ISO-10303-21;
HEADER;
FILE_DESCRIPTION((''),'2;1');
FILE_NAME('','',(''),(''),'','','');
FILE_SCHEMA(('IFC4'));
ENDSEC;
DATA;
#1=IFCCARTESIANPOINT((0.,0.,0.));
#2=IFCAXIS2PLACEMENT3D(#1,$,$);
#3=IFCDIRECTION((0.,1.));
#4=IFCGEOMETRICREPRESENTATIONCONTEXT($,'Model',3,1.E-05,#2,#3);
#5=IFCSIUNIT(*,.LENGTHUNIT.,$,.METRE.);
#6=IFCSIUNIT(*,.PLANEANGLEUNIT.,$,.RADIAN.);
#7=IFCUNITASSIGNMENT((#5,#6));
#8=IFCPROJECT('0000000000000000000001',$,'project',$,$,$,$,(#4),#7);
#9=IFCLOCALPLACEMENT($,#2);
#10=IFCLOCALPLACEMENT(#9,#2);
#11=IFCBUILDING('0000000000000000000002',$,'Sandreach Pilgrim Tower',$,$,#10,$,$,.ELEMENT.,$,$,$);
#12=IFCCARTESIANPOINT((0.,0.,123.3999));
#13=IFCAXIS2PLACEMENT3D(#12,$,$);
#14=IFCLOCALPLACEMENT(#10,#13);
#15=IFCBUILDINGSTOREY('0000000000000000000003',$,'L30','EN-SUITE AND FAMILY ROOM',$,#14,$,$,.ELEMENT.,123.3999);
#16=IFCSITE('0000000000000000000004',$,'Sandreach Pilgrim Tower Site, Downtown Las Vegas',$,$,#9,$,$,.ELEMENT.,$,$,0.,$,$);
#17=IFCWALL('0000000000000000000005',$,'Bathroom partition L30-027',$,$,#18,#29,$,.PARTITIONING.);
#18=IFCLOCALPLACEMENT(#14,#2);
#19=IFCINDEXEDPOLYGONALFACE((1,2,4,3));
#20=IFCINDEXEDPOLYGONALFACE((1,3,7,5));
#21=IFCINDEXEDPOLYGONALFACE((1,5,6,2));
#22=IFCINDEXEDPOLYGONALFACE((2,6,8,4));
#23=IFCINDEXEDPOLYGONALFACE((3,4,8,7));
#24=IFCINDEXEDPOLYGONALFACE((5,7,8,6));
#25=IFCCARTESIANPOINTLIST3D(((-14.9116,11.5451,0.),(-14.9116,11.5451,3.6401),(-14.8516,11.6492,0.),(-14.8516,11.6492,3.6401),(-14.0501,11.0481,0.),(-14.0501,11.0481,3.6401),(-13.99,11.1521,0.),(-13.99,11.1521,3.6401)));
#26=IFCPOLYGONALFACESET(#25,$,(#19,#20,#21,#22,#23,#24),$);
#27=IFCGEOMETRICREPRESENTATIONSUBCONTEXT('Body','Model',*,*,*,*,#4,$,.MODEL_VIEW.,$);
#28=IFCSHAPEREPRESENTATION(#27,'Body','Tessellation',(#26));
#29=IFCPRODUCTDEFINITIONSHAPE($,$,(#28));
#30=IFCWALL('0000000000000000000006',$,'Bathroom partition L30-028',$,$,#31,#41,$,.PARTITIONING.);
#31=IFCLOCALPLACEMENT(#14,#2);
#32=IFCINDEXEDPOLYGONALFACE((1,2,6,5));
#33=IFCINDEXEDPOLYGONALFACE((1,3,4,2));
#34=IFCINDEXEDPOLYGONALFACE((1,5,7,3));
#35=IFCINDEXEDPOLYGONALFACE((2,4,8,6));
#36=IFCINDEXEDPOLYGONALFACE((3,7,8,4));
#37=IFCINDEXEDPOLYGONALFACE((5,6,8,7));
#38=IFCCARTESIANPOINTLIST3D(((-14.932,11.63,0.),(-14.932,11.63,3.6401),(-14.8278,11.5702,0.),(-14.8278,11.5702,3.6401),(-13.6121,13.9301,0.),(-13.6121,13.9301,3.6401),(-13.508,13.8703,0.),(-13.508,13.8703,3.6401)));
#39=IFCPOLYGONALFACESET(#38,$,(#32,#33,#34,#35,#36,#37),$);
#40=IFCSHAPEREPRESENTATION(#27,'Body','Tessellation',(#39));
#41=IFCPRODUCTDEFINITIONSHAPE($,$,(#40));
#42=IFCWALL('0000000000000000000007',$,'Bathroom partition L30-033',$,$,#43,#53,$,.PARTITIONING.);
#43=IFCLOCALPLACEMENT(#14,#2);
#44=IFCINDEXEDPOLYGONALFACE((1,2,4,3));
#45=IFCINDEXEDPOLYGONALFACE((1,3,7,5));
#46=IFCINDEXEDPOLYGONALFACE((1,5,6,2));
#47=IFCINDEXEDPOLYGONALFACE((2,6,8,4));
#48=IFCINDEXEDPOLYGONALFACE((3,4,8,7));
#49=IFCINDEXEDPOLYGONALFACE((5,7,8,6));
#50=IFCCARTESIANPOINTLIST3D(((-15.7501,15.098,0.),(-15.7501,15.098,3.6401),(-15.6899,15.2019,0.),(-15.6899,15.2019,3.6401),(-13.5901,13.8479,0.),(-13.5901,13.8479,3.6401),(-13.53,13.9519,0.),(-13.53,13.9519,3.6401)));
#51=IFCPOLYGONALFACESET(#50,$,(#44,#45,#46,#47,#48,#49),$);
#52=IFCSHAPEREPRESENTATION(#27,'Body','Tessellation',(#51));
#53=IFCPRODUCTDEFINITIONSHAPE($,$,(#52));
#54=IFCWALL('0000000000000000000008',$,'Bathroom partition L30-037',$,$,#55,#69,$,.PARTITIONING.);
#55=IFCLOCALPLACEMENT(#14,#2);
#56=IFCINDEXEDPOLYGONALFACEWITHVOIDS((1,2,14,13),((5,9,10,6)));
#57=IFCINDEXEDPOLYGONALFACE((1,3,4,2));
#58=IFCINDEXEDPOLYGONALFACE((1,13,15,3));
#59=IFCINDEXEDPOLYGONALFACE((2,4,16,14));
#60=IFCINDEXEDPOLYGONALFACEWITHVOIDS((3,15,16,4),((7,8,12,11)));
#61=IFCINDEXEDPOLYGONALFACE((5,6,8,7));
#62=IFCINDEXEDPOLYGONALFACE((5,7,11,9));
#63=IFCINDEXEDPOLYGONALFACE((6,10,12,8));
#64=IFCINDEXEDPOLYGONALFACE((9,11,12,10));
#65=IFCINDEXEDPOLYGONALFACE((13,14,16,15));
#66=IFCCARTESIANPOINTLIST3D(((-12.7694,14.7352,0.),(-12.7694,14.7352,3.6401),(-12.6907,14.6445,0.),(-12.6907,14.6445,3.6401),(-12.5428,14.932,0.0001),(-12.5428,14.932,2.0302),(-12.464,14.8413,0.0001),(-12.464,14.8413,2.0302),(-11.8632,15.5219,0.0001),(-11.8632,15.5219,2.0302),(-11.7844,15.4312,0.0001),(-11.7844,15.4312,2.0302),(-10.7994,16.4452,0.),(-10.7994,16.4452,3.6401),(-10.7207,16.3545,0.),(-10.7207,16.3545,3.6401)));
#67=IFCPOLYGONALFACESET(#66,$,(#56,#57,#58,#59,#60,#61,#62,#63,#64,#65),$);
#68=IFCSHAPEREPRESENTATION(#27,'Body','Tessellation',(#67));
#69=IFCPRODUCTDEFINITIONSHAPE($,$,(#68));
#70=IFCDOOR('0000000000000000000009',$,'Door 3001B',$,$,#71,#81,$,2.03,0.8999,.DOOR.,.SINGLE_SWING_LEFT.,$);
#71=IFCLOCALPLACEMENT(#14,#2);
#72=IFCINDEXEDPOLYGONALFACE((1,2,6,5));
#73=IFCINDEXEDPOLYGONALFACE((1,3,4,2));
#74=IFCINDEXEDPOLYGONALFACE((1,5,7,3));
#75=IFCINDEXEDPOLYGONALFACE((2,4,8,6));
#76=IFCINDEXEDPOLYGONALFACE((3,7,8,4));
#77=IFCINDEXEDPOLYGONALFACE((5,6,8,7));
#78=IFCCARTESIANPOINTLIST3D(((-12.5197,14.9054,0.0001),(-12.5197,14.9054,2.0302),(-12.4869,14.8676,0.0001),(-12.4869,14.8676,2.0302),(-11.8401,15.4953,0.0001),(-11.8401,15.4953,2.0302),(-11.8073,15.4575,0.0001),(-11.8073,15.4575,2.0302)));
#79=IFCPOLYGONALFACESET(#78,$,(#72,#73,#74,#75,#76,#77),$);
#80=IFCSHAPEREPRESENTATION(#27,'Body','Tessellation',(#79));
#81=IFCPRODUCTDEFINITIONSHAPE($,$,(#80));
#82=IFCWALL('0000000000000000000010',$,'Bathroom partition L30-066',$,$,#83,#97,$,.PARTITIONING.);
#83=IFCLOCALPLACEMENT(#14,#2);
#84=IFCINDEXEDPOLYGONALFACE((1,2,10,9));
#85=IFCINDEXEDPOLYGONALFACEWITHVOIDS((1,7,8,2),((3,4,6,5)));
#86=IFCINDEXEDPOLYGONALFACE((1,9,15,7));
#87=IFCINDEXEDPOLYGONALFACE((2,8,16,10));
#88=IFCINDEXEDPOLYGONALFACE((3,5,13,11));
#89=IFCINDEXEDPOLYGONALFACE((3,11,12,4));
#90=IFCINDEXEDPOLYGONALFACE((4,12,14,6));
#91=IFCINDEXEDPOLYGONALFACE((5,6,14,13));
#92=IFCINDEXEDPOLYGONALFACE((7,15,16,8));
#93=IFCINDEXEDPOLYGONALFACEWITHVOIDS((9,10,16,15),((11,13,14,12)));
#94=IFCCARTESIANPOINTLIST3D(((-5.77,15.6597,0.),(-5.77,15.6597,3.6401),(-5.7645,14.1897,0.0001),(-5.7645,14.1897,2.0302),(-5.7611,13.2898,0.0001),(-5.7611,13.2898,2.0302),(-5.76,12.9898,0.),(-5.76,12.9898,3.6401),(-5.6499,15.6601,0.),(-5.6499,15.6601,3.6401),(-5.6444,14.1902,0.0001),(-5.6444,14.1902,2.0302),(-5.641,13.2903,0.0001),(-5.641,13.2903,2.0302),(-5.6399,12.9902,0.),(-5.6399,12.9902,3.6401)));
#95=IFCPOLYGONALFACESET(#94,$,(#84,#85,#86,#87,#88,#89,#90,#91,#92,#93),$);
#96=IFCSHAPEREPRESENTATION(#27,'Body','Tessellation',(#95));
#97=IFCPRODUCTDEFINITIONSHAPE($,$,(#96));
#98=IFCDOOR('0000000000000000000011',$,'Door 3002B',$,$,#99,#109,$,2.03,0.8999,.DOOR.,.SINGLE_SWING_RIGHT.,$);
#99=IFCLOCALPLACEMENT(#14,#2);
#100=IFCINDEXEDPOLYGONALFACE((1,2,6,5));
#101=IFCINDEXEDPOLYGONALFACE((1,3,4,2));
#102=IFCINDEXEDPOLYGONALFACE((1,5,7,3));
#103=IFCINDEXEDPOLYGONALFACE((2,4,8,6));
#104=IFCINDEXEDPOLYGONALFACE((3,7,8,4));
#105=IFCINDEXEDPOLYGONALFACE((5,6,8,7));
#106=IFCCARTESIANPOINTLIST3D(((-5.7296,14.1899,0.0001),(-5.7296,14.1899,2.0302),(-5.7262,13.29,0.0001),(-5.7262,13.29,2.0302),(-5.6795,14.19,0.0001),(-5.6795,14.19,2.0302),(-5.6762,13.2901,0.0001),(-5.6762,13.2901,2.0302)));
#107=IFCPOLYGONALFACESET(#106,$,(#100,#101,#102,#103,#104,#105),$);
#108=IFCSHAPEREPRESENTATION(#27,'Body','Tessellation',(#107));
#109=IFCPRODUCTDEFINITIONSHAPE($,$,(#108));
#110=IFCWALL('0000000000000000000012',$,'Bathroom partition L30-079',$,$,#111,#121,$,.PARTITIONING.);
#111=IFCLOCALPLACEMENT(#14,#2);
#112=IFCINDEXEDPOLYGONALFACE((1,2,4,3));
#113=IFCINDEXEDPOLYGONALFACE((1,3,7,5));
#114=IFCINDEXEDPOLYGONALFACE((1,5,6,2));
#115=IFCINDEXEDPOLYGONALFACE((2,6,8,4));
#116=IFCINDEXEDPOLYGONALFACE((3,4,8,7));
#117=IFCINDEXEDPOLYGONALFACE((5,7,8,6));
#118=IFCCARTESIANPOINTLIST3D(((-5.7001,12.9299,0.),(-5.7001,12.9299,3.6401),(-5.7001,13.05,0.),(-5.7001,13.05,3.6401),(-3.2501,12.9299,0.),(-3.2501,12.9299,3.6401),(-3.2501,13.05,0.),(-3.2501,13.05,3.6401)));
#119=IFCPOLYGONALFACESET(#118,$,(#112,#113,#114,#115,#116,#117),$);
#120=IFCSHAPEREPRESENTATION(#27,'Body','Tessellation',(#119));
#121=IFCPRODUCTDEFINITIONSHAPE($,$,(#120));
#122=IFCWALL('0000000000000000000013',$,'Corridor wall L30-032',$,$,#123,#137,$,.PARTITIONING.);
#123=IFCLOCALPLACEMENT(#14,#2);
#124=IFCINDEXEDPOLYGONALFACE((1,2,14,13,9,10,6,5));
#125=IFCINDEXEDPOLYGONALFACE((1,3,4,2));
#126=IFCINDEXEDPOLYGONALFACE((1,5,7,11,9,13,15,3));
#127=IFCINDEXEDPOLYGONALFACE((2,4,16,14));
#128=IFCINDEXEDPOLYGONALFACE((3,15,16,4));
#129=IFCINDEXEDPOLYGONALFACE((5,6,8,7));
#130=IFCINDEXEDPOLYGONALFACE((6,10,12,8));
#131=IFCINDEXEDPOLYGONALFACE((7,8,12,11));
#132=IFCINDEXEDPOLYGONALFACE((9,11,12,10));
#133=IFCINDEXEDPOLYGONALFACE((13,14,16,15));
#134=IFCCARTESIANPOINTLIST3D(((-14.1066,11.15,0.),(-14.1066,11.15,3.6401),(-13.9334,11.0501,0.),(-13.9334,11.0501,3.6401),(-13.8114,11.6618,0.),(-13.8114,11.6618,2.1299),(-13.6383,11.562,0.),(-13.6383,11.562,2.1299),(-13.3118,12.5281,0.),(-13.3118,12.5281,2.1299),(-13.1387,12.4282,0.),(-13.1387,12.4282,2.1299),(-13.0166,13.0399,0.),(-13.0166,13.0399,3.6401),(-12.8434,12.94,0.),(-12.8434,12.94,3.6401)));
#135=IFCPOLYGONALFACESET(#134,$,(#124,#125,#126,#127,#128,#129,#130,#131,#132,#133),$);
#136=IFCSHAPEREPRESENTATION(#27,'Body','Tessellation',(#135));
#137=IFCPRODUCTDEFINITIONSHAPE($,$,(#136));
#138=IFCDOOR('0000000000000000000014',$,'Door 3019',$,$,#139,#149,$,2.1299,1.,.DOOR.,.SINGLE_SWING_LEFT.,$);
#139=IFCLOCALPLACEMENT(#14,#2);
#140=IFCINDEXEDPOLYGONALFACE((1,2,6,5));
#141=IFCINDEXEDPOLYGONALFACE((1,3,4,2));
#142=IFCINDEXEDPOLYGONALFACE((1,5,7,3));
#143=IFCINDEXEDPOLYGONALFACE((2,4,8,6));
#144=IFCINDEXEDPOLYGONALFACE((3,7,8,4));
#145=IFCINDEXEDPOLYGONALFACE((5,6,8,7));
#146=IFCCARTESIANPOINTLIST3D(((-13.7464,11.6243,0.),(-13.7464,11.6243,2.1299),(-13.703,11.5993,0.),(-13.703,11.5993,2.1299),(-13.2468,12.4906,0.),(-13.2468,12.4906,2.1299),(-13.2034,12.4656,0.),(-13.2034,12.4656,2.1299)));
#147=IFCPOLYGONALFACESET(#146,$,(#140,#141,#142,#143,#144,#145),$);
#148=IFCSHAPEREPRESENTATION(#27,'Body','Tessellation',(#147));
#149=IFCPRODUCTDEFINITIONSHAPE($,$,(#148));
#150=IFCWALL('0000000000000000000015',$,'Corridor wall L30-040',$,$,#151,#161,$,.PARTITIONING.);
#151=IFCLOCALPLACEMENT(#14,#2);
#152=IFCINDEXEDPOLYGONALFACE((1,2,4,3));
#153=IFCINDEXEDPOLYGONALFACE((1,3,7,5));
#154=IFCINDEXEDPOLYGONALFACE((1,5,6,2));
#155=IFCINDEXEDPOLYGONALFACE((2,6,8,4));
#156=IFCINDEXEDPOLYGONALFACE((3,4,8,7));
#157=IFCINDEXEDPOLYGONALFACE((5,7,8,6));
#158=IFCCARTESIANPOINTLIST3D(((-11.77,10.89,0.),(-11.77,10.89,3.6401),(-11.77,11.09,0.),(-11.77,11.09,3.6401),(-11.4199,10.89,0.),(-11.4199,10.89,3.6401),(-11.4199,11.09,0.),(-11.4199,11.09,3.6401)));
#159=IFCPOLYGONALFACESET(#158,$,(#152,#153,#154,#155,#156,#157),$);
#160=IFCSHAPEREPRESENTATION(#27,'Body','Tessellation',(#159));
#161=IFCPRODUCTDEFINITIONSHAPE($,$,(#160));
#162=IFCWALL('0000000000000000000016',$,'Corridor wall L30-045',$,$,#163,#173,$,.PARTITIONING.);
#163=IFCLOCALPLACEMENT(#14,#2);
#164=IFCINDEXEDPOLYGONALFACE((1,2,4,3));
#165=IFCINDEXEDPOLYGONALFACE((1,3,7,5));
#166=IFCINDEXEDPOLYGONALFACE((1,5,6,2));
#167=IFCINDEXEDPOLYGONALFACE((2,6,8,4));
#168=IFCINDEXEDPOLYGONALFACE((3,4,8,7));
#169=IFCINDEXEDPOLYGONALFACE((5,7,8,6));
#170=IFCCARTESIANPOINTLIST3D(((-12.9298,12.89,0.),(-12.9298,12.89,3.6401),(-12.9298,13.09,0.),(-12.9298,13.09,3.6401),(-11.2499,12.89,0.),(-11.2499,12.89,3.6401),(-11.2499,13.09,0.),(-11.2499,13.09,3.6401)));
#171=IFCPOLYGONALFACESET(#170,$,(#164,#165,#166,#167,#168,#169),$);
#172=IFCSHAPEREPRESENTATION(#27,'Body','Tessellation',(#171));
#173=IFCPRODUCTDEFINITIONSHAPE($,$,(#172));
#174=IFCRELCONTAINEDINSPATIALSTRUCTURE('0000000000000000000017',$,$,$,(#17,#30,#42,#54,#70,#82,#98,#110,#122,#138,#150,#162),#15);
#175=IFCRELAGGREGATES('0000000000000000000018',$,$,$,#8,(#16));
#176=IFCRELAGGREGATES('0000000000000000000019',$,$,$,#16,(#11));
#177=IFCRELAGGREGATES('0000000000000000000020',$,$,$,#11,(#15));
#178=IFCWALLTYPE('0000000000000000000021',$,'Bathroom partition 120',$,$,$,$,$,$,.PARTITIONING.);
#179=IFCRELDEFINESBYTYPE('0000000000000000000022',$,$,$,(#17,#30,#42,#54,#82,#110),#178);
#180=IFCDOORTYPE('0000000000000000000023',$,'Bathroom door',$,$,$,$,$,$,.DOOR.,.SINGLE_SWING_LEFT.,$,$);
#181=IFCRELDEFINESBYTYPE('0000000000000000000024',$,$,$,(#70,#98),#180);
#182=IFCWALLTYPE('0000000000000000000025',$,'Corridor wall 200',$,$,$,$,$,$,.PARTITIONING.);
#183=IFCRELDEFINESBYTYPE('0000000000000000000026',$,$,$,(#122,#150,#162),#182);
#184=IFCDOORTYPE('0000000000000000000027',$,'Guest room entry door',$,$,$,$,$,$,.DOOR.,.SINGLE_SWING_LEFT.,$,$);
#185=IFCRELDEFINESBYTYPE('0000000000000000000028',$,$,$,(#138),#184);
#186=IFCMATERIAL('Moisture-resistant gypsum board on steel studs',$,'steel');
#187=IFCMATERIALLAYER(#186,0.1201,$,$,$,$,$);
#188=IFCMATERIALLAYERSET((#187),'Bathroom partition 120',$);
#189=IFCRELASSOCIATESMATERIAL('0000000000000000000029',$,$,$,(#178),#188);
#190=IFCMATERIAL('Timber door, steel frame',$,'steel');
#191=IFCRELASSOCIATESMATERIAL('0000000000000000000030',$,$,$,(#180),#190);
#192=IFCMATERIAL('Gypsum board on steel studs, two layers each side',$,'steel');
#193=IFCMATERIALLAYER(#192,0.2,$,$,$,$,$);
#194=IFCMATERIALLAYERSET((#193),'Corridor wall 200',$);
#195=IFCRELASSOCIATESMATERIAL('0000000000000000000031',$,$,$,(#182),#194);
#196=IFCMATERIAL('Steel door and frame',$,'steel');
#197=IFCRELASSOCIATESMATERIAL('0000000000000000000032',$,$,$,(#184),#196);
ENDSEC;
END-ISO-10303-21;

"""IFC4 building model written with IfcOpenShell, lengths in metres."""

from ifc_helpers import new_model, si_unit, direction, frame, frame_2d, origin, place, context, subcontext, project, spatial, rectangle, extrude, material, layer, layer_set, type_object, element, fill, save


model = new_model("IFC4")

# Units and contexts
model_context = context("Model", 3, precision=1e-05, world=origin(), true_north=direction((0.0, 1.0)))
body_context = subcontext(model_context, "Body", "Model", "MODEL_VIEW")
ifc_project = project(units=[si_unit("LENGTHUNIT", "METRE"), si_unit("PLANEANGLEUNIT", "RADIAN")], contexts=[model_context])

# Site, building, storey
site_placement = place(None, origin())
site = spatial("IfcSite", under=ifc_project, at=site_placement, Name="Sandreach Pilgrim Tower Site, Downtown Las Vegas", CompositionType="ELEMENT", RefElevation=0.0)
building_placement = place(site_placement, origin())
building = spatial("IfcBuilding", under=site, at=building_placement, Name="Sandreach Pilgrim Tower", CompositionType="ELEMENT")
storey_placement = place(building_placement, frame((0.0, 0.0, 123.3999)))
storey = spatial("IfcBuildingStorey", under=building, at=storey_placement, Name="L30", Description="EN-SUITE AND FAMILY ROOM", CompositionType="ELEMENT", Elevation=123.3999)

# Walls
ifc_material_1 = material(Name="Moisture-resistant gypsum board on steel studs", Category="steel")
ifc_layer_1 = layer(ifc_material_1, 0.1201)
ifc_layer_set_1 = layer_set([ifc_layer_1], Name="Bathroom partition 120")
wall_type_1 = type_object("IfcWallType", Name="Bathroom partition 120", PredefinedType="PARTITIONING", material=ifc_layer_set_1)
wall_1_placement = place(storey_placement, frame((-14.8816, 11.5972, 0.0), z_axis=(0.0, 0.0, 1.0), x_axis=(0.866181, -0.49973, 0.0)))
element("IfcWall", 1, at=wall_1_placement, inside=storey, type_object=wall_type_1, Name="Bathroom partition L30-027", PredefinedType="PARTITIONING", context=body_context, shape_type="SweptSolid", body=[
    extrude(rectangle(XDim=0.9946, YDim=0.1201, at=frame_2d((0.4973, 0.0))), origin(), (0.0, 0.0, 1.0), 3.6401),
])
wall_2_placement = place(storey_placement, frame((-14.8799, 11.6001, 0.0), z_axis=(0.0, 0.0, 1.0), x_axis=(0.497705, 0.867347, 0.0)))
element("IfcWall", 2, at=wall_2_placement, inside=storey, type_object=wall_type_1, Name="Bathroom partition L30-028", PredefinedType="PARTITIONING", context=body_context, shape_type="SweptSolid", body=[
    extrude(rectangle(XDim=2.6519, YDim=0.1201, at=frame_2d((1.3259, 0.0))), origin(), (0.0, 0.0, 1.0), 3.6401),
])
wall_3_placement = place(storey_placement, frame((-13.5601, 13.8999, 0.0), z_axis=(0.0, 0.0, 1.0), x_axis=(-0.865509, 0.500894, 0.0)))
element("IfcWall", 3, at=wall_3_placement, inside=storey, type_object=wall_type_1, Name="Bathroom partition L30-033", PredefinedType="PARTITIONING", context=body_context, shape_type="SweptSolid", body=[
    extrude(rectangle(XDim=2.4956, YDim=0.1201, at=frame_2d((1.2478, 0.0))), origin(), (0.0, 0.0, 1.0), 3.6401),
])

# Walls, openings, doors
wall_4_placement = place(storey_placement, frame((-12.73, 14.6899, 0.0), z_axis=(0.0, 0.0, 1.0), x_axis=(0.755186, 0.655511, 0.0)))
wall_4 = element("IfcWall", 4, at=wall_4_placement, inside=storey, type_object=wall_type_1, Name="Bathroom partition L30-037", PredefinedType="PARTITIONING", context=body_context, shape_type="SweptSolid", body=[
    extrude(rectangle(XDim=2.6086, YDim=0.1201, at=frame_2d((1.3042, 0.0))), origin(), (0.0, 0.0, 1.0), 3.6401),
])
opening_1_placement = place(wall_4_placement, frame((0.3, 0.0, 0.0)))
opening_1 = element("IfcOpeningElement", 5, at=opening_1_placement, cuts=wall_4, PredefinedType="OPENING", context=body_context, shape_type="SweptSolid", body=[
    extrude(rectangle(XDim=0.8999, YDim=2.03, at=frame_2d((0.45, 1.0151))), frame((0.0, 0.0601, 0.0), z_axis=(0.0, -1.0, 0.0), x_axis=(1.0, 0.0, 0.0)), (0.0, 0.0, 1.0), 0.1201),
])
ifc_material_2 = material(Name="Timber door, steel frame", Category="steel")
door_type_1 = type_object("IfcDoorType", Name="Bathroom door", OperationType="SINGLE_SWING_LEFT", PredefinedType="DOOR", material=ifc_material_2)
door_1_placement = place(opening_1_placement, origin())
door_1 = element("IfcDoor", 6, at=door_1_placement, inside=storey, type_object=door_type_1, Name="Door 3001B", OperationType="SINGLE_SWING_LEFT", OverallHeight=2.03, OverallWidth=0.8999, PredefinedType="DOOR", context=body_context, shape_type="SweptSolid", body=[
    extrude(rectangle(XDim=0.8999, YDim=2.03, at=frame_2d((0.45, 1.0151))), frame((0.0, 0.0249, 0.0), z_axis=(0.0, -1.0, 0.0), x_axis=(1.0, 0.0, 0.0)), (0.0, 0.0, 1.0), 0.05),
])
fill(opening_1, door_1)
wall_5_placement = place(storey_placement, frame((-5.71, 15.6599, 0.0), z_axis=(0.0, 0.0, 1.0), x_axis=(0.003749, -0.999993, 0.0)))
wall_5 = element("IfcWall", 7, at=wall_5_placement, inside=storey, type_object=wall_type_1, Name="Bathroom partition L30-066", PredefinedType="PARTITIONING", context=body_context, shape_type="SweptSolid", body=[
    extrude(rectangle(XDim=2.6699, YDim=0.1201, at=frame_2d((1.335, 0.0))), origin(), (0.0, 0.0, 1.0), 3.6401),
])
opening_2_placement = place(wall_5_placement, frame((1.47, 0.0, 0.0)))
opening_2 = element("IfcOpeningElement", 8, at=opening_2_placement, cuts=wall_5, PredefinedType="OPENING", context=body_context, shape_type="SweptSolid", body=[
    extrude(rectangle(XDim=0.8999, YDim=2.03, at=frame_2d((0.45, 1.0151))), frame((0.0, 0.0601, 0.0), z_axis=(0.0, -1.0, 0.0), x_axis=(1.0, 0.0, 0.0)), (0.0, 0.0, 1.0), 0.1201),
])
door_2_placement = place(opening_2_placement, origin())
door_2 = element("IfcDoor", 9, at=door_2_placement, inside=storey, type_object=door_type_1, Name="Door 3002B", OperationType="SINGLE_SWING_RIGHT", OverallHeight=2.03, OverallWidth=0.8999, PredefinedType="DOOR", context=body_context, shape_type="SweptSolid", body=[
    extrude(rectangle(XDim=0.8999, YDim=2.03, at=frame_2d((0.45, 1.0151))), frame((0.0, 0.0249, 0.0), z_axis=(0.0, -1.0, 0.0), x_axis=(1.0, 0.0, 0.0)), (0.0, 0.0, 1.0), 0.05),
])
fill(opening_2, door_2)

# Wall
wall_6_placement = place(storey_placement, frame((-3.25, 12.99, 0.0), z_axis=(0.0, 0.0, 1.0), x_axis=(-1.0, 0.0, 0.0)))
element("IfcWall", 10, at=wall_6_placement, inside=storey, type_object=wall_type_1, Name="Bathroom partition L30-079", PredefinedType="PARTITIONING", context=body_context, shape_type="SweptSolid", body=[
    extrude(rectangle(XDim=2.45, YDim=0.1201, at=frame_2d((1.2251, 0.0))), origin(), (0.0, 0.0, 1.0), 3.6401),
])

# Wall, opening, door
ifc_material_3 = material(Name="Gypsum board on steel studs, two layers each side", Category="steel")
ifc_layer_2 = layer(ifc_material_3, 0.2)
ifc_layer_set_2 = layer_set([ifc_layer_2], Name="Corridor wall 200")
wall_type_2 = type_object("IfcWallType", Name="Corridor wall 200", PredefinedType="PARTITIONING", material=ifc_layer_set_2)
wall_7_placement = place(storey_placement, frame((-14.02, 11.1001, 0.0), z_axis=(0.0, 0.0, 1.0), x_axis=(0.499642, 0.866232, 0.0)))
wall_7 = element("IfcWall", 11, at=wall_7_placement, inside=storey, type_object=wall_type_2, Name="Corridor wall L30-032", PredefinedType="PARTITIONING", context=body_context, shape_type="SweptSolid", body=[
    extrude(rectangle(XDim=2.1816, YDim=0.2, at=frame_2d((1.0908, 0.0))), origin(), (0.0, 0.0, 1.0), 3.6401),
])
opening_3_placement = place(wall_7_placement, frame((0.5908, 0.0, 0.0)))
opening_3 = element("IfcOpeningElement", 12, at=opening_3_placement, cuts=wall_7, PredefinedType="OPENING", context=body_context, shape_type="SweptSolid", body=[
    extrude(rectangle(XDim=1.0, YDim=2.1299, at=frame_2d((0.5, 1.0649))), frame((0.0, 0.1001, 0.0), z_axis=(0.0, -1.0, 0.0), x_axis=(1.0, 0.0, 0.0)), (0.0, 0.0, 1.0), 0.2),
])
ifc_material_4 = material(Name="Steel door and frame", Category="steel")
door_type_2 = type_object("IfcDoorType", Name="Guest room entry door", OperationType="SINGLE_SWING_LEFT", PredefinedType="DOOR", material=ifc_material_4)
door_3_placement = place(opening_3_placement, origin())
door_3 = element("IfcDoor", 13, at=door_3_placement, inside=storey, type_object=door_type_2, Name="Door 3019", OperationType="SINGLE_SWING_LEFT", OverallHeight=2.1299, OverallWidth=1.0, PredefinedType="DOOR", context=body_context, shape_type="SweptSolid", body=[
    extrude(rectangle(XDim=1.0, YDim=2.1299, at=frame_2d((0.5, 1.0649))), frame((0.0, 0.0249, 0.0), z_axis=(0.0, -1.0, 0.0), x_axis=(1.0, 0.0, 0.0)), (0.0, 0.0, 1.0), 0.05),
])
fill(opening_3, door_3)

# Wall
wall_8_placement = place(storey_placement, frame((-11.77, 10.99, 0.0), z_axis=(0.0, 0.0, 1.0), x_axis=(1.0, 0.0, 0.0)))
element("IfcWall", 14, at=wall_8_placement, inside=storey, type_object=wall_type_2, Name="Corridor wall L30-040", PredefinedType="PARTITIONING", context=body_context, shape_type="SweptSolid", body=[
    extrude(rectangle(XDim=0.3501, YDim=0.2, at=frame_2d((0.175, 0.0))), origin(), (0.0, 0.0, 1.0), 3.6401),
])

# Wall
wall_9_placement = place(storey_placement, frame((-11.25, 12.99, 0.0), z_axis=(0.0, 0.0, 1.0), x_axis=(-1.0, 0.0, 0.0)))
element("IfcWall", 15, at=wall_9_placement, inside=storey, type_object=wall_type_2, Name="Corridor wall L30-045", PredefinedType="PARTITIONING", context=body_context, shape_type="SweptSolid", body=[
    extrude(rectangle(XDim=1.6799, YDim=0.2, at=frame_2d((0.8398, 0.0))), origin(), (0.0, 0.0, 1.0), 3.6401),
])

save(model, "model.ifc")
